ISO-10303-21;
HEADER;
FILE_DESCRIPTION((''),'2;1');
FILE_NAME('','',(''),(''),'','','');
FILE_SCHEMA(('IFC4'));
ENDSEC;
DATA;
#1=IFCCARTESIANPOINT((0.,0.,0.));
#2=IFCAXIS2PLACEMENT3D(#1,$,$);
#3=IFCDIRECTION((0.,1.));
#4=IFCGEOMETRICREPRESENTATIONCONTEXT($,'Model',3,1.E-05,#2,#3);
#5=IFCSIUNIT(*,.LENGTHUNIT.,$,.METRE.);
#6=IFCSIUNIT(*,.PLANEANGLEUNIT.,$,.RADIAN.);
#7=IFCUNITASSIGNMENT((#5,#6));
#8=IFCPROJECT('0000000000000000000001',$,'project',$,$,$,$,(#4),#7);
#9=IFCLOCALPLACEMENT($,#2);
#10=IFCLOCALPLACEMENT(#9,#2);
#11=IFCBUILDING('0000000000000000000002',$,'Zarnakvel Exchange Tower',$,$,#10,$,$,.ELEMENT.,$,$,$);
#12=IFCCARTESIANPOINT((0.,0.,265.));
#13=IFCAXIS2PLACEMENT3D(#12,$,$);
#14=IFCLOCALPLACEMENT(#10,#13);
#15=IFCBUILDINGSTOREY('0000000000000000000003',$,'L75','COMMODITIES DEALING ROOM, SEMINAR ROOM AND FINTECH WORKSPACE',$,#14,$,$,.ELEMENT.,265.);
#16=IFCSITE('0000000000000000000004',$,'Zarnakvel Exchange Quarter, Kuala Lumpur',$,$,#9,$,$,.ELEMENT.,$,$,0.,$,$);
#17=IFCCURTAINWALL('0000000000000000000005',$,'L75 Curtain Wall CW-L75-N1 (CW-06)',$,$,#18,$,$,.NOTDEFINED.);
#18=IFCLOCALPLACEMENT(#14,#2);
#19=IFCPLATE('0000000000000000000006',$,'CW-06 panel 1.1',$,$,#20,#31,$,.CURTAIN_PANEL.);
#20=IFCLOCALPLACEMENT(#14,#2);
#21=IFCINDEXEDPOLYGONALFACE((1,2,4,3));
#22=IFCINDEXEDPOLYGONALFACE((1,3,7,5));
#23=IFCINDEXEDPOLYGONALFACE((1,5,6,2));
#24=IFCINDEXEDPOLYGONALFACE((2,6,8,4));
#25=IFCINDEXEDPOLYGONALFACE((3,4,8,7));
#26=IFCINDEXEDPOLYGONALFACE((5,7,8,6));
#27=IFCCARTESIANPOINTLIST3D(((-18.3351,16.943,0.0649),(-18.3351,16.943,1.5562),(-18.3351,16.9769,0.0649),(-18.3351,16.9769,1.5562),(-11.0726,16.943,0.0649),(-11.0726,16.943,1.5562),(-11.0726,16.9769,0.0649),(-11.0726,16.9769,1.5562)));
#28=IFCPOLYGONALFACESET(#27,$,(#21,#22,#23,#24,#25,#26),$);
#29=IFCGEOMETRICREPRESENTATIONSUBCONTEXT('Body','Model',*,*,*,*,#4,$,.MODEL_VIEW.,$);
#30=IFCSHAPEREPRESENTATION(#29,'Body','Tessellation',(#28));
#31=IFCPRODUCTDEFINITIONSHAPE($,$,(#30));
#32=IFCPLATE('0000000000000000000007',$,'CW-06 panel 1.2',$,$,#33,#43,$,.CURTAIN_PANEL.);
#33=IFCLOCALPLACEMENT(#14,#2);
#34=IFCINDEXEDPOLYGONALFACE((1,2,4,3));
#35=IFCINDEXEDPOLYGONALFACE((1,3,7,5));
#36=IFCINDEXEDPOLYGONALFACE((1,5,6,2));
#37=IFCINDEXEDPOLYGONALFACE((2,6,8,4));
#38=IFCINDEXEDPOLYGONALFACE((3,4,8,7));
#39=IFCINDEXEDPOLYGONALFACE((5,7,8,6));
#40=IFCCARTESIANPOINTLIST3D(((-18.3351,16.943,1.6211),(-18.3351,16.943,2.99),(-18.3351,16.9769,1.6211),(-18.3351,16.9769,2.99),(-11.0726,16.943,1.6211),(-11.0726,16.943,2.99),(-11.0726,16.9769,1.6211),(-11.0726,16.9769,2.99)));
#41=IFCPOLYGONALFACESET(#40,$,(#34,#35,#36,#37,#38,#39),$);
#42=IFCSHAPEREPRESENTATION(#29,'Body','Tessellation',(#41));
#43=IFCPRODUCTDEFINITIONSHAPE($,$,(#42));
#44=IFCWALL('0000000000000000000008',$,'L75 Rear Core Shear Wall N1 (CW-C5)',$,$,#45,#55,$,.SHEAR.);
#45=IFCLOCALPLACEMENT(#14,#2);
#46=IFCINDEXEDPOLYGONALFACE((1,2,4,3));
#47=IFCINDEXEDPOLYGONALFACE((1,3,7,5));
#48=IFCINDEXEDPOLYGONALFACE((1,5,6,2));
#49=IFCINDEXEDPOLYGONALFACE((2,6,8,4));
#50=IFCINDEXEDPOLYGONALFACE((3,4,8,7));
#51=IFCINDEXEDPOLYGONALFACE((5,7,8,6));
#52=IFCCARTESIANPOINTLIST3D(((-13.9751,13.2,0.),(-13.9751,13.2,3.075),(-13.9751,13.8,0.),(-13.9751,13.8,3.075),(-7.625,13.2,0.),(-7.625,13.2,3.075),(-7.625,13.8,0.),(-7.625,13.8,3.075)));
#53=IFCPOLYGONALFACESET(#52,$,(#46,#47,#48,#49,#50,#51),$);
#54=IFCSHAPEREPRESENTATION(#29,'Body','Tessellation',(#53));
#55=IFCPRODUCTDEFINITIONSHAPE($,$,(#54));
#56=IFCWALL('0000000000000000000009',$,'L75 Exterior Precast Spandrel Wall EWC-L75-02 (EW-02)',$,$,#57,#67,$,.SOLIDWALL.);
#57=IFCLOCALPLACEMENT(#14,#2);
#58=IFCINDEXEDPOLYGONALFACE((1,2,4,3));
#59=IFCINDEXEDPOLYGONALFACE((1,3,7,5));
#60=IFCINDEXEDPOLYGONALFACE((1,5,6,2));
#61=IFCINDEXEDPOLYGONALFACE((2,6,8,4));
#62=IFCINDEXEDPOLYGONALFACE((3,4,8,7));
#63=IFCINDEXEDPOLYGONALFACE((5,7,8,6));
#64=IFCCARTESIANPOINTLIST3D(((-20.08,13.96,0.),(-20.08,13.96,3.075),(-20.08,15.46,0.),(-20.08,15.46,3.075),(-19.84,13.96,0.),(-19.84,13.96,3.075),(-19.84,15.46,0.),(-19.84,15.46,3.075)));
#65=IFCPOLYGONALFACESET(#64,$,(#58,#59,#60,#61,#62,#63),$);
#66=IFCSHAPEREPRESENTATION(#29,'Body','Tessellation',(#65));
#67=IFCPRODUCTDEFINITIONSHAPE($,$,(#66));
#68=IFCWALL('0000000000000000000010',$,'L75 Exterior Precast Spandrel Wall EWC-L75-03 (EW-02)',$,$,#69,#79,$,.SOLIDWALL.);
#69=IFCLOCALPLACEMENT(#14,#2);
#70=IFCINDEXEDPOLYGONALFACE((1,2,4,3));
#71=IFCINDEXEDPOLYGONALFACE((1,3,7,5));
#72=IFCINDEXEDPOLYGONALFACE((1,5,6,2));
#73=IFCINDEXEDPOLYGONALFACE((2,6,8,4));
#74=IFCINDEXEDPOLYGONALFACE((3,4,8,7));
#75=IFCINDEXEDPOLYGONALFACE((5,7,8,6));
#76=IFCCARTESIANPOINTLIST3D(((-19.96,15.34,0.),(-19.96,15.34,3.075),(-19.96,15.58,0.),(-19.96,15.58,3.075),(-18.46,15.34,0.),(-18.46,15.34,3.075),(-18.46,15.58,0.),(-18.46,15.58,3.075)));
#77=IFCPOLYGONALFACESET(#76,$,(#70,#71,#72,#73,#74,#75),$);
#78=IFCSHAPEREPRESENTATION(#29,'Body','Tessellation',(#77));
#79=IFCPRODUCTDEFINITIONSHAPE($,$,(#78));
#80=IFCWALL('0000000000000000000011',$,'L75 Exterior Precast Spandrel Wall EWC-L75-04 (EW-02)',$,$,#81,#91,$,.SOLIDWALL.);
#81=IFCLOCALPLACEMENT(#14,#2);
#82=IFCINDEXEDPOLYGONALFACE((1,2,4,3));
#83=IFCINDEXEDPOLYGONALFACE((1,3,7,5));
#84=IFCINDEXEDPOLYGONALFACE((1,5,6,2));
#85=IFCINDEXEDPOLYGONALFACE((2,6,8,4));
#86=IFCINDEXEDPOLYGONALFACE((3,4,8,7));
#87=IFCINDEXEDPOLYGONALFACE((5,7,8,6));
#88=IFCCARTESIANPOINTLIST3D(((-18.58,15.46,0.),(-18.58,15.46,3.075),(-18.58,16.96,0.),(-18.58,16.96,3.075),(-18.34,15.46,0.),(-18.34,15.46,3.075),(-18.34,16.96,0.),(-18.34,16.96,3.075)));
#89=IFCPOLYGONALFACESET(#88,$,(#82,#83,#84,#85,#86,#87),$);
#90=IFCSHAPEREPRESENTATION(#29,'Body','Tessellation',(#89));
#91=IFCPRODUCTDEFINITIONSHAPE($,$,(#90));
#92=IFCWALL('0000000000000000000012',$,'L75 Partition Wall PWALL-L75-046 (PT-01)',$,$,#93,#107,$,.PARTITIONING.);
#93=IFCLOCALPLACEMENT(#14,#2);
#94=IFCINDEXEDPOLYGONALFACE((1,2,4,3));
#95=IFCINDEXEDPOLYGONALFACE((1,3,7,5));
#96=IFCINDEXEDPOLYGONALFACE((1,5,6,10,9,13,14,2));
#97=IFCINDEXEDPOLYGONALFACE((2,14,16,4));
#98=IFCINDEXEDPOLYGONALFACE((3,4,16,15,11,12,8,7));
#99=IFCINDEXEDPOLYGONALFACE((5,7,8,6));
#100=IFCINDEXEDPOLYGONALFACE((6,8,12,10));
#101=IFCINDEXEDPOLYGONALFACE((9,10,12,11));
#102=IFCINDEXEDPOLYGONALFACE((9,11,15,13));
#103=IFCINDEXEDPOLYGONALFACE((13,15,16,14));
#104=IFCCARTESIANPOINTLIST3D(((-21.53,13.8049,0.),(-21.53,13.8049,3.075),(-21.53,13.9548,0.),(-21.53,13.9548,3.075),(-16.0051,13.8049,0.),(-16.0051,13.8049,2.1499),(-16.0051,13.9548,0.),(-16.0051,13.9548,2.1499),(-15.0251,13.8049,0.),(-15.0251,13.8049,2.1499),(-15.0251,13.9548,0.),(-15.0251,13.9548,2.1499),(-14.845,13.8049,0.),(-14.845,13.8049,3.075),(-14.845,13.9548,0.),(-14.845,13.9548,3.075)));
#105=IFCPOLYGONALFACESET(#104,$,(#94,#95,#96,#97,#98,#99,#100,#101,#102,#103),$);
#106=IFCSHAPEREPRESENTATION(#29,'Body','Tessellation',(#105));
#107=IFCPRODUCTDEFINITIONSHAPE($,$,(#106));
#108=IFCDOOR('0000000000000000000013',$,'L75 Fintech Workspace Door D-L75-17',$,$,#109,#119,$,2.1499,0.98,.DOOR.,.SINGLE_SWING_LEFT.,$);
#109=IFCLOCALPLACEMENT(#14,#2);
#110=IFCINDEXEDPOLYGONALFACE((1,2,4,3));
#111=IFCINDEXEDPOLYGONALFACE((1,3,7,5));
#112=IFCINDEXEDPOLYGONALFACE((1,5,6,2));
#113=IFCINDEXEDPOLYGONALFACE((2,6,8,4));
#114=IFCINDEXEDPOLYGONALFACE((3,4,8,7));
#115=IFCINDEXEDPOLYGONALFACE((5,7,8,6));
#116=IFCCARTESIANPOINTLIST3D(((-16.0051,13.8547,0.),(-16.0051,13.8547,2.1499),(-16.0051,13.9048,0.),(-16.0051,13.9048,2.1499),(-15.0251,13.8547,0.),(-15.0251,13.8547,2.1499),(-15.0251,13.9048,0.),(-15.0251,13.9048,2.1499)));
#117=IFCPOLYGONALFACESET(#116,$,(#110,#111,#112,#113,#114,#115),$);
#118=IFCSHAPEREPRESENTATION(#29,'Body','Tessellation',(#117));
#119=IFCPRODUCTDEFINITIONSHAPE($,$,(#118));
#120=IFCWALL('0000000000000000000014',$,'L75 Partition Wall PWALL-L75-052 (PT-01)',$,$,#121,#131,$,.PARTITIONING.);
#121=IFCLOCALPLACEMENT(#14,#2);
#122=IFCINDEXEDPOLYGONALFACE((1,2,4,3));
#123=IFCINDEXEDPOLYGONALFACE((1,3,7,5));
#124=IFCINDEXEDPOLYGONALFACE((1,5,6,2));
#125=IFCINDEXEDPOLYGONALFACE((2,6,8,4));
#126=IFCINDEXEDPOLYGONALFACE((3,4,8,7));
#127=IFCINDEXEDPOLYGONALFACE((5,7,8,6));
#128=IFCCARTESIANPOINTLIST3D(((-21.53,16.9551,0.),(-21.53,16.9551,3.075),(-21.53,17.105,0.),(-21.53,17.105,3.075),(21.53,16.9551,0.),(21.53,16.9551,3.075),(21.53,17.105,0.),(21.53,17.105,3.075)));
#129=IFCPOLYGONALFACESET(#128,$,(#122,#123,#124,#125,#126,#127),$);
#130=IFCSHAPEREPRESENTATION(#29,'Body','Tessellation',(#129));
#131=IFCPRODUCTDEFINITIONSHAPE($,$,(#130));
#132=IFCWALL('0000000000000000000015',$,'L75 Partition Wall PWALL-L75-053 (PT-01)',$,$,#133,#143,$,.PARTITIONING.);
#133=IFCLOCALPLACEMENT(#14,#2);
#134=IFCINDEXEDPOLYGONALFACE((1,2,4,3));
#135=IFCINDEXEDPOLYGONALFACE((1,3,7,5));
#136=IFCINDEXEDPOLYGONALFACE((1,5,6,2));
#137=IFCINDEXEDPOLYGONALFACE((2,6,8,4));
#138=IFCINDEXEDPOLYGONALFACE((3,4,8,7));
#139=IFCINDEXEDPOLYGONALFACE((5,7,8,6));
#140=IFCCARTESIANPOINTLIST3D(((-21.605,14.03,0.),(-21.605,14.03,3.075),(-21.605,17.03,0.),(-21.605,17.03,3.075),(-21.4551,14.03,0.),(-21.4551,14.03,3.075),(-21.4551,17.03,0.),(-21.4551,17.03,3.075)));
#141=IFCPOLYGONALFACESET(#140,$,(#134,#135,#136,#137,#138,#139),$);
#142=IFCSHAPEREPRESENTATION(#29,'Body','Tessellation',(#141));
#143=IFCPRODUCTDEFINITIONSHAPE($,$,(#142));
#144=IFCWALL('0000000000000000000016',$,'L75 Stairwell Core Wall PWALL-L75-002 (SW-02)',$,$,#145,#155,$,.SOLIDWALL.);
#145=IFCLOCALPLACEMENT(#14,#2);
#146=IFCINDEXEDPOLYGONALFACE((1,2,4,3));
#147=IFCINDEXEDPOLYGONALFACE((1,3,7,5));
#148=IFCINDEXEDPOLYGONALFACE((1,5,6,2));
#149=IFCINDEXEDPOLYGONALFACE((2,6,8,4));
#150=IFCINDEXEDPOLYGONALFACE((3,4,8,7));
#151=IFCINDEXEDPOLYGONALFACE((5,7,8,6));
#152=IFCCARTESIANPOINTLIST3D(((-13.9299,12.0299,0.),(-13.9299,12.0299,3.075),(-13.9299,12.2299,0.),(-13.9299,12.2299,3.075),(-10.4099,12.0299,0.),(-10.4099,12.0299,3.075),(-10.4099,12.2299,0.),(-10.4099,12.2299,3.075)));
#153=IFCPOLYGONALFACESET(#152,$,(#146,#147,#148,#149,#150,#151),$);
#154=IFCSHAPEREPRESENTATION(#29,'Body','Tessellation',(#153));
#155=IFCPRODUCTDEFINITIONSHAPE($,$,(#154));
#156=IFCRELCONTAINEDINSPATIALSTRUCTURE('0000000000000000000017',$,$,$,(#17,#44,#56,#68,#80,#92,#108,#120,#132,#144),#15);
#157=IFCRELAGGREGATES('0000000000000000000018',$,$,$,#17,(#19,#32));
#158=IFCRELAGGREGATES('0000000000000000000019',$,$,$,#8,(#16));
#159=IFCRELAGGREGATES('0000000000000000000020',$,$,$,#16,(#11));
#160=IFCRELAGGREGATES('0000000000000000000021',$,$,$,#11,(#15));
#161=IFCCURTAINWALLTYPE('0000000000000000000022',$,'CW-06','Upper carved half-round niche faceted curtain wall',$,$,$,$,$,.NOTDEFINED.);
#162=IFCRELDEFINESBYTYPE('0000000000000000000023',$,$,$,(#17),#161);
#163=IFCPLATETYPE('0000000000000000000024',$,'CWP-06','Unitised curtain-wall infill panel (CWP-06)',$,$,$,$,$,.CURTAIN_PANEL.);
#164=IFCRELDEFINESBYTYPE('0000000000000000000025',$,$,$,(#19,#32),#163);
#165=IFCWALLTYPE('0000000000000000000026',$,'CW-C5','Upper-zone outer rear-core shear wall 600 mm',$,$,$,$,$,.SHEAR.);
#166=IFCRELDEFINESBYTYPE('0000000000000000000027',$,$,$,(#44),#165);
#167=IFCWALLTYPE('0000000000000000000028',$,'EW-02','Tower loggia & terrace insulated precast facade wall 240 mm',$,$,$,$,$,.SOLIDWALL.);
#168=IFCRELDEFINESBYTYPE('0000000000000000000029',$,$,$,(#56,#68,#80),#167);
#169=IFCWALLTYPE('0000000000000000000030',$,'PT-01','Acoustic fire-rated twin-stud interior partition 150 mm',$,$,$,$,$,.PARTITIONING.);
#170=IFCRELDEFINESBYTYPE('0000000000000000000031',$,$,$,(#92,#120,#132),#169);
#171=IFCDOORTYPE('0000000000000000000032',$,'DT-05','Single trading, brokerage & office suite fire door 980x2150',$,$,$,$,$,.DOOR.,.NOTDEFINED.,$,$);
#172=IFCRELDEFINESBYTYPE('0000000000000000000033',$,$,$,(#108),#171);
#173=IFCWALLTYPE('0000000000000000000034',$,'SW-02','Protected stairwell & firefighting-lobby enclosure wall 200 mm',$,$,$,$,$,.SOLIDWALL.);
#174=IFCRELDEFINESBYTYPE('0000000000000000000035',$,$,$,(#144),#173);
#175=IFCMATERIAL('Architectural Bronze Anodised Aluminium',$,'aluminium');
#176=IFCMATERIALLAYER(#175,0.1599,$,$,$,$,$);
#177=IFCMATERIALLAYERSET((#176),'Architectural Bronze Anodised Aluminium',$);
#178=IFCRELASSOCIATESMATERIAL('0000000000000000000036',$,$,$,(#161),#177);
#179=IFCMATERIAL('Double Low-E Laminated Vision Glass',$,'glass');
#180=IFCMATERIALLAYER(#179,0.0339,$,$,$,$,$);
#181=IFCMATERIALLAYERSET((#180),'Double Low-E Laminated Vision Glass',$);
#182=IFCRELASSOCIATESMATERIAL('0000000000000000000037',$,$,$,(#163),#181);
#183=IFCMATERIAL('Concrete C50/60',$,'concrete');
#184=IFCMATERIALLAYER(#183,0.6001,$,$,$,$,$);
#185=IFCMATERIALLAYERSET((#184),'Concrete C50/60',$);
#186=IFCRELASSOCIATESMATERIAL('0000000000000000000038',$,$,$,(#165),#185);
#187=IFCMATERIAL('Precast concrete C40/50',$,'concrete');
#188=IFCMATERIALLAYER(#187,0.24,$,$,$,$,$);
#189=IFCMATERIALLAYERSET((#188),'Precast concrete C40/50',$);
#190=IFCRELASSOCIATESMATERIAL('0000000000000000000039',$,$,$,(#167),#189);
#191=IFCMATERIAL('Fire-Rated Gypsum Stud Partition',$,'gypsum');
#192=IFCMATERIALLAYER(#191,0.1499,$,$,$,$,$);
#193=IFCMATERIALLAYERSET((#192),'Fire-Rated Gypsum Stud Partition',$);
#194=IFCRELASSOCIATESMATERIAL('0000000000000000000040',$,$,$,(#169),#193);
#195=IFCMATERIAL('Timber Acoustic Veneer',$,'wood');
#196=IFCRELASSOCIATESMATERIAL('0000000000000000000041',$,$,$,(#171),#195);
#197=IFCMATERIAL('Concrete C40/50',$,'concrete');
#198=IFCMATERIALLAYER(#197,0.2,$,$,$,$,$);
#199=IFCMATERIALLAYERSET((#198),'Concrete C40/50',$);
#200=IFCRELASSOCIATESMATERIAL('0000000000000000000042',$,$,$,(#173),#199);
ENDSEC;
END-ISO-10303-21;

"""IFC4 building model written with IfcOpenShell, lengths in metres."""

from ifc_helpers import new_model, si_unit, direction, frame, frame_2d, origin, origin_2d, place, context, subcontext, project, spatial, rectangle, extrude, source, transform, mapped, material, layer, layer_set, type_object, element, fill, aggregate, save


model = new_model("IFC4")

# Units and contexts
model_context = context("Model", 3, precision=1e-05, world=origin(), true_north=direction((0.0, 1.0)))
body_context = subcontext(model_context, "Body", "Model", "MODEL_VIEW")
ifc_project = project(units=[si_unit("LENGTHUNIT", "METRE"), si_unit("PLANEANGLEUNIT", "RADIAN")], contexts=[model_context])

# Site, building, storey
site_placement = place(None, origin())
site = spatial("IfcSite", under=ifc_project, at=site_placement, Name="Zarnakvel Exchange Quarter, Kuala Lumpur", CompositionType="ELEMENT", RefElevation=0.0)
building_placement = place(site_placement, origin())
building = spatial("IfcBuilding", under=site, at=building_placement, Name="Zarnakvel Exchange Tower", CompositionType="ELEMENT")
storey_placement = place(building_placement, frame((0.0, 0.0, 265.0)))
storey = spatial("IfcBuildingStorey", under=building, at=storey_placement, Name="L75", Description="COMMODITIES DEALING ROOM, SEMINAR ROOM AND FINTECH WORKSPACE", CompositionType="ELEMENT", Elevation=265.0)

# Shared definitions
ifc_material_1 = material(Name="Concrete C50/60", Category="concrete")

# Shared definitions
ifc_material_2 = material(Name="Architectural Bronze Anodised Aluminium", Category="aluminium")

# Curtain wall, plates
ifc_layer_1 = layer(ifc_material_2, 0.1599)
ifc_layer_set_1 = layer_set([ifc_layer_1], Name="Architectural Bronze Anodised Aluminium")
curtain_wall_type_1 = type_object("IfcCurtainWallType", Name="CW-06", Description="Upper carved half-round niche faceted curtain wall", PredefinedType="NOTDEFINED", material=ifc_layer_set_1)
curtain_wall_1_placement = place(storey_placement, origin())
curtain_wall_1 = element("IfcCurtainWall", 1, at=curtain_wall_1_placement, inside=storey, type_object=curtain_wall_type_1, Name="L75 Curtain Wall CW-L75-N1 (CW-06)", PredefinedType="NOTDEFINED")
ifc_material_3 = material(Name="Double Low-E Laminated Vision Glass", Category="glass")
ifc_layer_2 = layer(ifc_material_3, 0.0339)
ifc_layer_set_2 = layer_set([ifc_layer_2], Name="Double Low-E Laminated Vision Glass")
plate_type = type_object("IfcPlateType", Name="CWP-06", Description="Unitised curtain-wall infill panel (CWP-06)", PredefinedType="CURTAIN_PANEL", material=ifc_layer_set_2)
shared_shape_1 = source(origin(), body_context, "Body", "SweptSolid", [
    extrude(rectangle(XDim=7.2625, YDim=0.0339, at=origin_2d()), origin(), (0.0, 0.0, 1.0), 1.4912),
])
plate_1_placement = place(storey_placement, frame((-14.7039, 16.96, 0.0649), z_axis=(0.0, 0.0, 1.0), x_axis=(1.0, 0.0, 0.0)))
plate_1 = element("IfcPlate", 2, at=plate_1_placement, type_object=plate_type, Name="CW-06 panel 1.1", PredefinedType="CURTAIN_PANEL", context=body_context, shape_type="MappedRepresentation", body=[
    mapped(shared_shape_1, transform((0.0, 0.0, 0.0), x_axis=(1.0, 0.0, 0.0), y_axis=(0.0, 1.0, 0.0), z_axis=(0.0, 0.0, 1.0), scale=1.0)),
])
shared_shape_2 = source(origin(), body_context, "Body", "SweptSolid", [
    extrude(rectangle(XDim=7.2625, YDim=0.0339, at=origin_2d()), origin(), (0.0, 0.0, 1.0), 1.3689),
])
plate_2_placement = place(storey_placement, frame((-14.7039, 16.96, 1.6211), z_axis=(0.0, 0.0, 1.0), x_axis=(1.0, 0.0, 0.0)))
plate_2 = element("IfcPlate", 3, at=plate_2_placement, type_object=plate_type, Name="CW-06 panel 1.2", PredefinedType="CURTAIN_PANEL", context=body_context, shape_type="MappedRepresentation", body=[
    mapped(shared_shape_2, transform((0.0, 0.0, 0.0), x_axis=(1.0, 0.0, 0.0), y_axis=(0.0, 1.0, 0.0), z_axis=(0.0, 0.0, 1.0), scale=1.0)),
])
aggregate(curtain_wall_1, [plate_1, plate_2])

# Walls
ifc_layer_3 = layer(ifc_material_1, 0.6001)
ifc_layer_set_3 = layer_set([ifc_layer_3], Name="Concrete C50/60")
wall_type_1 = type_object("IfcWallType", Name="CW-C5", Description="Upper-zone outer rear-core shear wall 600 mm", PredefinedType="SHEAR", material=ifc_layer_set_3)
wall_1_placement = place(storey_placement, frame((-13.9751, 13.5, 0.0), z_axis=(0.0, 0.0, 1.0), x_axis=(1.0, 0.0, 0.0)))
element("IfcWall", 4, at=wall_1_placement, inside=storey, type_object=wall_type_1, Name="L75 Rear Core Shear Wall N1 (CW-C5)", PredefinedType="SHEAR", context=body_context, shape_type="SweptSolid", body=[
    extrude(rectangle(XDim=6.3501, YDim=0.6001, at=frame_2d((3.175, 0.0))), origin(), (0.0, 0.0, 1.0), 3.075),
])
ifc_material_4 = material(Name="Precast concrete C40/50", Category="concrete")
ifc_layer_4 = layer(ifc_material_4, 0.24)
ifc_layer_set_4 = layer_set([ifc_layer_4], Name="Precast concrete C40/50")
wall_type_2 = type_object("IfcWallType", Name="EW-02", Description="Tower loggia & terrace insulated precast facade wall 240 mm", PredefinedType="SOLIDWALL", material=ifc_layer_set_4)
for number, where, z_axis, x_axis, name in (
    (5, (-19.96, 15.46, 0.0), (0.0, 0.0, 1.0), (0.0, -1.0, 0.0), "L75 Exterior Precast Spandrel Wall EWC-L75-02 (EW-02)"),
    (6, (-18.46, 15.46, 0.0), (0.0, 0.0, 1.0), (-1.0, 0.0, 0.0), "L75 Exterior Precast Spandrel Wall EWC-L75-03 (EW-02)"),
    (7, (-18.46, 16.96, 0.0), (0.0, 0.0, 1.0), (0.0, -1.0, 0.0), "L75 Exterior Precast Spandrel Wall EWC-L75-04 (EW-02)"),
):
    element("IfcWall", number, at=place(storey_placement, frame(where, z_axis=z_axis, x_axis=x_axis)), inside=storey, type_object=wall_type_2, Name=name, PredefinedType="SOLIDWALL", context=body_context, shape_type="SweptSolid", body=[
        extrude(rectangle(XDim=1.5, YDim=0.24, at=frame_2d((0.75, 0.0))), origin(), (0.0, 0.0, 1.0), 3.075),
    ])

# Wall, opening, door
ifc_material_5 = material(Name="Fire-Rated Gypsum Stud Partition", Category="gypsum")
ifc_layer_5 = layer(ifc_material_5, 0.1499)
ifc_layer_set_5 = layer_set([ifc_layer_5], Name="Fire-Rated Gypsum Stud Partition")
wall_type_3 = type_object("IfcWallType", Name="PT-01", Description="Acoustic fire-rated twin-stud interior partition 150 mm", PredefinedType="PARTITIONING", material=ifc_layer_set_5)
wall_2_placement = place(storey_placement, frame((-21.53, 13.8799, 0.0), z_axis=(0.0, 0.0, 1.0), x_axis=(1.0, 0.0, 0.0)))
wall_2 = element("IfcWall", 8, at=wall_2_placement, inside=storey, type_object=wall_type_3, Name="L75 Partition Wall PWALL-L75-046 (PT-01)", PredefinedType="PARTITIONING", context=body_context, shape_type="SweptSolid", body=[
    extrude(rectangle(XDim=6.6851, YDim=0.1499, at=frame_2d((3.3425, 0.0))), origin(), (0.0, 0.0, 1.0), 3.075),
])
opening_placement = place(wall_2_placement, frame((5.5249, 0.0, 0.0)))
opening = element("IfcOpeningElement", 9, at=opening_placement, cuts=wall_2, PredefinedType="OPENING", context=body_context, shape_type="SweptSolid", body=[
    extrude(rectangle(XDim=0.98, YDim=2.1499, at=frame_2d((0.49, 1.075))), frame((0.0, 0.085, 0.0), z_axis=(0.0, -1.0, 0.0), x_axis=(1.0, 0.0, 0.0)), (0.0, 0.0, 1.0), 0.1699),
])
ifc_material_6 = material(Name="Timber Acoustic Veneer", Category="wood")
door_type = type_object("IfcDoorType", Name="DT-05", Description="Single trading, brokerage & office suite fire door 980x2150", OperationType="NOTDEFINED", PredefinedType="DOOR", material=ifc_material_6)
shared_shape_3 = source(origin(), body_context, "Body", "SweptSolid", [
    extrude(rectangle(XDim=0.98, YDim=2.1499, at=frame_2d((0.49, 1.075))), frame((0.0, 0.0249, 0.0), z_axis=(0.0, -1.0, 0.0), x_axis=(1.0, 0.0, 0.0)), (0.0, 0.0, 1.0), 0.05),
])
door_placement = place(opening_placement, origin())
door = element("IfcDoor", 10, at=door_placement, inside=storey, type_object=door_type, Name="L75 Fintech Workspace Door D-L75-17", OperationType="SINGLE_SWING_LEFT", OverallHeight=2.1499, OverallWidth=0.98, PredefinedType="DOOR", context=body_context, shape_type="MappedRepresentation", body=[
    mapped(shared_shape_3, transform((0.0, 0.0, 0.0), x_axis=(1.0, 0.0, 0.0), y_axis=(0.0, 1.0, 0.0), z_axis=(0.0, 0.0, 1.0), scale=1.0)),
])
fill(opening, door)

# Walls
wall_3_placement = place(storey_placement, frame((-21.53, 17.03, 0.0), z_axis=(0.0, 0.0, 1.0), x_axis=(1.0, 0.0, 0.0)))
element("IfcWall", 11, at=wall_3_placement, inside=storey, type_object=wall_type_3, Name="L75 Partition Wall PWALL-L75-052 (PT-01)", PredefinedType="PARTITIONING", context=body_context, shape_type="SweptSolid", body=[
    extrude(rectangle(XDim=43.0601, YDim=0.1499, at=frame_2d((21.53, 0.0))), origin(), (0.0, 0.0, 1.0), 3.075),
])
wall_4_placement = place(storey_placement, frame((-21.53, 14.03, 0.0), z_axis=(0.0, 0.0, 1.0), x_axis=(0.0, 1.0, 0.0)))
element("IfcWall", 12, at=wall_4_placement, inside=storey, type_object=wall_type_3, Name="L75 Partition Wall PWALL-L75-053 (PT-01)", PredefinedType="PARTITIONING", context=body_context, shape_type="SweptSolid", body=[
    extrude(rectangle(XDim=3.0, YDim=0.1499, at=frame_2d((1.5, 0.0))), origin(), (0.0, 0.0, 1.0), 3.075),
])
ifc_material_7 = material(Name="Concrete C40/50", Category="concrete")
ifc_layer_6 = layer(ifc_material_7, 0.2)
ifc_layer_set_6 = layer_set([ifc_layer_6], Name="Concrete C40/50")
wall_type_4 = type_object("IfcWallType", Name="SW-02", Description="Protected stairwell & firefighting-lobby enclosure wall 200 mm", PredefinedType="SOLIDWALL", material=ifc_layer_set_6)
wall_5_placement = place(storey_placement, frame((-13.9299, 12.1299, 0.0), z_axis=(0.0, 0.0, 1.0), x_axis=(1.0, 0.0, 0.0)))
element("IfcWall", 13, at=wall_5_placement, inside=storey, type_object=wall_type_4, Name="L75 Stairwell Core Wall PWALL-L75-002 (SW-02)", PredefinedType="SOLIDWALL", context=body_context, shape_type="SweptSolid", body=[
    extrude(rectangle(XDim=3.52, YDim=0.2, at=frame_2d((1.76, 0.0))), origin(), (0.0, 0.0, 1.0), 3.075),
])

save(model, "model.ifc")
